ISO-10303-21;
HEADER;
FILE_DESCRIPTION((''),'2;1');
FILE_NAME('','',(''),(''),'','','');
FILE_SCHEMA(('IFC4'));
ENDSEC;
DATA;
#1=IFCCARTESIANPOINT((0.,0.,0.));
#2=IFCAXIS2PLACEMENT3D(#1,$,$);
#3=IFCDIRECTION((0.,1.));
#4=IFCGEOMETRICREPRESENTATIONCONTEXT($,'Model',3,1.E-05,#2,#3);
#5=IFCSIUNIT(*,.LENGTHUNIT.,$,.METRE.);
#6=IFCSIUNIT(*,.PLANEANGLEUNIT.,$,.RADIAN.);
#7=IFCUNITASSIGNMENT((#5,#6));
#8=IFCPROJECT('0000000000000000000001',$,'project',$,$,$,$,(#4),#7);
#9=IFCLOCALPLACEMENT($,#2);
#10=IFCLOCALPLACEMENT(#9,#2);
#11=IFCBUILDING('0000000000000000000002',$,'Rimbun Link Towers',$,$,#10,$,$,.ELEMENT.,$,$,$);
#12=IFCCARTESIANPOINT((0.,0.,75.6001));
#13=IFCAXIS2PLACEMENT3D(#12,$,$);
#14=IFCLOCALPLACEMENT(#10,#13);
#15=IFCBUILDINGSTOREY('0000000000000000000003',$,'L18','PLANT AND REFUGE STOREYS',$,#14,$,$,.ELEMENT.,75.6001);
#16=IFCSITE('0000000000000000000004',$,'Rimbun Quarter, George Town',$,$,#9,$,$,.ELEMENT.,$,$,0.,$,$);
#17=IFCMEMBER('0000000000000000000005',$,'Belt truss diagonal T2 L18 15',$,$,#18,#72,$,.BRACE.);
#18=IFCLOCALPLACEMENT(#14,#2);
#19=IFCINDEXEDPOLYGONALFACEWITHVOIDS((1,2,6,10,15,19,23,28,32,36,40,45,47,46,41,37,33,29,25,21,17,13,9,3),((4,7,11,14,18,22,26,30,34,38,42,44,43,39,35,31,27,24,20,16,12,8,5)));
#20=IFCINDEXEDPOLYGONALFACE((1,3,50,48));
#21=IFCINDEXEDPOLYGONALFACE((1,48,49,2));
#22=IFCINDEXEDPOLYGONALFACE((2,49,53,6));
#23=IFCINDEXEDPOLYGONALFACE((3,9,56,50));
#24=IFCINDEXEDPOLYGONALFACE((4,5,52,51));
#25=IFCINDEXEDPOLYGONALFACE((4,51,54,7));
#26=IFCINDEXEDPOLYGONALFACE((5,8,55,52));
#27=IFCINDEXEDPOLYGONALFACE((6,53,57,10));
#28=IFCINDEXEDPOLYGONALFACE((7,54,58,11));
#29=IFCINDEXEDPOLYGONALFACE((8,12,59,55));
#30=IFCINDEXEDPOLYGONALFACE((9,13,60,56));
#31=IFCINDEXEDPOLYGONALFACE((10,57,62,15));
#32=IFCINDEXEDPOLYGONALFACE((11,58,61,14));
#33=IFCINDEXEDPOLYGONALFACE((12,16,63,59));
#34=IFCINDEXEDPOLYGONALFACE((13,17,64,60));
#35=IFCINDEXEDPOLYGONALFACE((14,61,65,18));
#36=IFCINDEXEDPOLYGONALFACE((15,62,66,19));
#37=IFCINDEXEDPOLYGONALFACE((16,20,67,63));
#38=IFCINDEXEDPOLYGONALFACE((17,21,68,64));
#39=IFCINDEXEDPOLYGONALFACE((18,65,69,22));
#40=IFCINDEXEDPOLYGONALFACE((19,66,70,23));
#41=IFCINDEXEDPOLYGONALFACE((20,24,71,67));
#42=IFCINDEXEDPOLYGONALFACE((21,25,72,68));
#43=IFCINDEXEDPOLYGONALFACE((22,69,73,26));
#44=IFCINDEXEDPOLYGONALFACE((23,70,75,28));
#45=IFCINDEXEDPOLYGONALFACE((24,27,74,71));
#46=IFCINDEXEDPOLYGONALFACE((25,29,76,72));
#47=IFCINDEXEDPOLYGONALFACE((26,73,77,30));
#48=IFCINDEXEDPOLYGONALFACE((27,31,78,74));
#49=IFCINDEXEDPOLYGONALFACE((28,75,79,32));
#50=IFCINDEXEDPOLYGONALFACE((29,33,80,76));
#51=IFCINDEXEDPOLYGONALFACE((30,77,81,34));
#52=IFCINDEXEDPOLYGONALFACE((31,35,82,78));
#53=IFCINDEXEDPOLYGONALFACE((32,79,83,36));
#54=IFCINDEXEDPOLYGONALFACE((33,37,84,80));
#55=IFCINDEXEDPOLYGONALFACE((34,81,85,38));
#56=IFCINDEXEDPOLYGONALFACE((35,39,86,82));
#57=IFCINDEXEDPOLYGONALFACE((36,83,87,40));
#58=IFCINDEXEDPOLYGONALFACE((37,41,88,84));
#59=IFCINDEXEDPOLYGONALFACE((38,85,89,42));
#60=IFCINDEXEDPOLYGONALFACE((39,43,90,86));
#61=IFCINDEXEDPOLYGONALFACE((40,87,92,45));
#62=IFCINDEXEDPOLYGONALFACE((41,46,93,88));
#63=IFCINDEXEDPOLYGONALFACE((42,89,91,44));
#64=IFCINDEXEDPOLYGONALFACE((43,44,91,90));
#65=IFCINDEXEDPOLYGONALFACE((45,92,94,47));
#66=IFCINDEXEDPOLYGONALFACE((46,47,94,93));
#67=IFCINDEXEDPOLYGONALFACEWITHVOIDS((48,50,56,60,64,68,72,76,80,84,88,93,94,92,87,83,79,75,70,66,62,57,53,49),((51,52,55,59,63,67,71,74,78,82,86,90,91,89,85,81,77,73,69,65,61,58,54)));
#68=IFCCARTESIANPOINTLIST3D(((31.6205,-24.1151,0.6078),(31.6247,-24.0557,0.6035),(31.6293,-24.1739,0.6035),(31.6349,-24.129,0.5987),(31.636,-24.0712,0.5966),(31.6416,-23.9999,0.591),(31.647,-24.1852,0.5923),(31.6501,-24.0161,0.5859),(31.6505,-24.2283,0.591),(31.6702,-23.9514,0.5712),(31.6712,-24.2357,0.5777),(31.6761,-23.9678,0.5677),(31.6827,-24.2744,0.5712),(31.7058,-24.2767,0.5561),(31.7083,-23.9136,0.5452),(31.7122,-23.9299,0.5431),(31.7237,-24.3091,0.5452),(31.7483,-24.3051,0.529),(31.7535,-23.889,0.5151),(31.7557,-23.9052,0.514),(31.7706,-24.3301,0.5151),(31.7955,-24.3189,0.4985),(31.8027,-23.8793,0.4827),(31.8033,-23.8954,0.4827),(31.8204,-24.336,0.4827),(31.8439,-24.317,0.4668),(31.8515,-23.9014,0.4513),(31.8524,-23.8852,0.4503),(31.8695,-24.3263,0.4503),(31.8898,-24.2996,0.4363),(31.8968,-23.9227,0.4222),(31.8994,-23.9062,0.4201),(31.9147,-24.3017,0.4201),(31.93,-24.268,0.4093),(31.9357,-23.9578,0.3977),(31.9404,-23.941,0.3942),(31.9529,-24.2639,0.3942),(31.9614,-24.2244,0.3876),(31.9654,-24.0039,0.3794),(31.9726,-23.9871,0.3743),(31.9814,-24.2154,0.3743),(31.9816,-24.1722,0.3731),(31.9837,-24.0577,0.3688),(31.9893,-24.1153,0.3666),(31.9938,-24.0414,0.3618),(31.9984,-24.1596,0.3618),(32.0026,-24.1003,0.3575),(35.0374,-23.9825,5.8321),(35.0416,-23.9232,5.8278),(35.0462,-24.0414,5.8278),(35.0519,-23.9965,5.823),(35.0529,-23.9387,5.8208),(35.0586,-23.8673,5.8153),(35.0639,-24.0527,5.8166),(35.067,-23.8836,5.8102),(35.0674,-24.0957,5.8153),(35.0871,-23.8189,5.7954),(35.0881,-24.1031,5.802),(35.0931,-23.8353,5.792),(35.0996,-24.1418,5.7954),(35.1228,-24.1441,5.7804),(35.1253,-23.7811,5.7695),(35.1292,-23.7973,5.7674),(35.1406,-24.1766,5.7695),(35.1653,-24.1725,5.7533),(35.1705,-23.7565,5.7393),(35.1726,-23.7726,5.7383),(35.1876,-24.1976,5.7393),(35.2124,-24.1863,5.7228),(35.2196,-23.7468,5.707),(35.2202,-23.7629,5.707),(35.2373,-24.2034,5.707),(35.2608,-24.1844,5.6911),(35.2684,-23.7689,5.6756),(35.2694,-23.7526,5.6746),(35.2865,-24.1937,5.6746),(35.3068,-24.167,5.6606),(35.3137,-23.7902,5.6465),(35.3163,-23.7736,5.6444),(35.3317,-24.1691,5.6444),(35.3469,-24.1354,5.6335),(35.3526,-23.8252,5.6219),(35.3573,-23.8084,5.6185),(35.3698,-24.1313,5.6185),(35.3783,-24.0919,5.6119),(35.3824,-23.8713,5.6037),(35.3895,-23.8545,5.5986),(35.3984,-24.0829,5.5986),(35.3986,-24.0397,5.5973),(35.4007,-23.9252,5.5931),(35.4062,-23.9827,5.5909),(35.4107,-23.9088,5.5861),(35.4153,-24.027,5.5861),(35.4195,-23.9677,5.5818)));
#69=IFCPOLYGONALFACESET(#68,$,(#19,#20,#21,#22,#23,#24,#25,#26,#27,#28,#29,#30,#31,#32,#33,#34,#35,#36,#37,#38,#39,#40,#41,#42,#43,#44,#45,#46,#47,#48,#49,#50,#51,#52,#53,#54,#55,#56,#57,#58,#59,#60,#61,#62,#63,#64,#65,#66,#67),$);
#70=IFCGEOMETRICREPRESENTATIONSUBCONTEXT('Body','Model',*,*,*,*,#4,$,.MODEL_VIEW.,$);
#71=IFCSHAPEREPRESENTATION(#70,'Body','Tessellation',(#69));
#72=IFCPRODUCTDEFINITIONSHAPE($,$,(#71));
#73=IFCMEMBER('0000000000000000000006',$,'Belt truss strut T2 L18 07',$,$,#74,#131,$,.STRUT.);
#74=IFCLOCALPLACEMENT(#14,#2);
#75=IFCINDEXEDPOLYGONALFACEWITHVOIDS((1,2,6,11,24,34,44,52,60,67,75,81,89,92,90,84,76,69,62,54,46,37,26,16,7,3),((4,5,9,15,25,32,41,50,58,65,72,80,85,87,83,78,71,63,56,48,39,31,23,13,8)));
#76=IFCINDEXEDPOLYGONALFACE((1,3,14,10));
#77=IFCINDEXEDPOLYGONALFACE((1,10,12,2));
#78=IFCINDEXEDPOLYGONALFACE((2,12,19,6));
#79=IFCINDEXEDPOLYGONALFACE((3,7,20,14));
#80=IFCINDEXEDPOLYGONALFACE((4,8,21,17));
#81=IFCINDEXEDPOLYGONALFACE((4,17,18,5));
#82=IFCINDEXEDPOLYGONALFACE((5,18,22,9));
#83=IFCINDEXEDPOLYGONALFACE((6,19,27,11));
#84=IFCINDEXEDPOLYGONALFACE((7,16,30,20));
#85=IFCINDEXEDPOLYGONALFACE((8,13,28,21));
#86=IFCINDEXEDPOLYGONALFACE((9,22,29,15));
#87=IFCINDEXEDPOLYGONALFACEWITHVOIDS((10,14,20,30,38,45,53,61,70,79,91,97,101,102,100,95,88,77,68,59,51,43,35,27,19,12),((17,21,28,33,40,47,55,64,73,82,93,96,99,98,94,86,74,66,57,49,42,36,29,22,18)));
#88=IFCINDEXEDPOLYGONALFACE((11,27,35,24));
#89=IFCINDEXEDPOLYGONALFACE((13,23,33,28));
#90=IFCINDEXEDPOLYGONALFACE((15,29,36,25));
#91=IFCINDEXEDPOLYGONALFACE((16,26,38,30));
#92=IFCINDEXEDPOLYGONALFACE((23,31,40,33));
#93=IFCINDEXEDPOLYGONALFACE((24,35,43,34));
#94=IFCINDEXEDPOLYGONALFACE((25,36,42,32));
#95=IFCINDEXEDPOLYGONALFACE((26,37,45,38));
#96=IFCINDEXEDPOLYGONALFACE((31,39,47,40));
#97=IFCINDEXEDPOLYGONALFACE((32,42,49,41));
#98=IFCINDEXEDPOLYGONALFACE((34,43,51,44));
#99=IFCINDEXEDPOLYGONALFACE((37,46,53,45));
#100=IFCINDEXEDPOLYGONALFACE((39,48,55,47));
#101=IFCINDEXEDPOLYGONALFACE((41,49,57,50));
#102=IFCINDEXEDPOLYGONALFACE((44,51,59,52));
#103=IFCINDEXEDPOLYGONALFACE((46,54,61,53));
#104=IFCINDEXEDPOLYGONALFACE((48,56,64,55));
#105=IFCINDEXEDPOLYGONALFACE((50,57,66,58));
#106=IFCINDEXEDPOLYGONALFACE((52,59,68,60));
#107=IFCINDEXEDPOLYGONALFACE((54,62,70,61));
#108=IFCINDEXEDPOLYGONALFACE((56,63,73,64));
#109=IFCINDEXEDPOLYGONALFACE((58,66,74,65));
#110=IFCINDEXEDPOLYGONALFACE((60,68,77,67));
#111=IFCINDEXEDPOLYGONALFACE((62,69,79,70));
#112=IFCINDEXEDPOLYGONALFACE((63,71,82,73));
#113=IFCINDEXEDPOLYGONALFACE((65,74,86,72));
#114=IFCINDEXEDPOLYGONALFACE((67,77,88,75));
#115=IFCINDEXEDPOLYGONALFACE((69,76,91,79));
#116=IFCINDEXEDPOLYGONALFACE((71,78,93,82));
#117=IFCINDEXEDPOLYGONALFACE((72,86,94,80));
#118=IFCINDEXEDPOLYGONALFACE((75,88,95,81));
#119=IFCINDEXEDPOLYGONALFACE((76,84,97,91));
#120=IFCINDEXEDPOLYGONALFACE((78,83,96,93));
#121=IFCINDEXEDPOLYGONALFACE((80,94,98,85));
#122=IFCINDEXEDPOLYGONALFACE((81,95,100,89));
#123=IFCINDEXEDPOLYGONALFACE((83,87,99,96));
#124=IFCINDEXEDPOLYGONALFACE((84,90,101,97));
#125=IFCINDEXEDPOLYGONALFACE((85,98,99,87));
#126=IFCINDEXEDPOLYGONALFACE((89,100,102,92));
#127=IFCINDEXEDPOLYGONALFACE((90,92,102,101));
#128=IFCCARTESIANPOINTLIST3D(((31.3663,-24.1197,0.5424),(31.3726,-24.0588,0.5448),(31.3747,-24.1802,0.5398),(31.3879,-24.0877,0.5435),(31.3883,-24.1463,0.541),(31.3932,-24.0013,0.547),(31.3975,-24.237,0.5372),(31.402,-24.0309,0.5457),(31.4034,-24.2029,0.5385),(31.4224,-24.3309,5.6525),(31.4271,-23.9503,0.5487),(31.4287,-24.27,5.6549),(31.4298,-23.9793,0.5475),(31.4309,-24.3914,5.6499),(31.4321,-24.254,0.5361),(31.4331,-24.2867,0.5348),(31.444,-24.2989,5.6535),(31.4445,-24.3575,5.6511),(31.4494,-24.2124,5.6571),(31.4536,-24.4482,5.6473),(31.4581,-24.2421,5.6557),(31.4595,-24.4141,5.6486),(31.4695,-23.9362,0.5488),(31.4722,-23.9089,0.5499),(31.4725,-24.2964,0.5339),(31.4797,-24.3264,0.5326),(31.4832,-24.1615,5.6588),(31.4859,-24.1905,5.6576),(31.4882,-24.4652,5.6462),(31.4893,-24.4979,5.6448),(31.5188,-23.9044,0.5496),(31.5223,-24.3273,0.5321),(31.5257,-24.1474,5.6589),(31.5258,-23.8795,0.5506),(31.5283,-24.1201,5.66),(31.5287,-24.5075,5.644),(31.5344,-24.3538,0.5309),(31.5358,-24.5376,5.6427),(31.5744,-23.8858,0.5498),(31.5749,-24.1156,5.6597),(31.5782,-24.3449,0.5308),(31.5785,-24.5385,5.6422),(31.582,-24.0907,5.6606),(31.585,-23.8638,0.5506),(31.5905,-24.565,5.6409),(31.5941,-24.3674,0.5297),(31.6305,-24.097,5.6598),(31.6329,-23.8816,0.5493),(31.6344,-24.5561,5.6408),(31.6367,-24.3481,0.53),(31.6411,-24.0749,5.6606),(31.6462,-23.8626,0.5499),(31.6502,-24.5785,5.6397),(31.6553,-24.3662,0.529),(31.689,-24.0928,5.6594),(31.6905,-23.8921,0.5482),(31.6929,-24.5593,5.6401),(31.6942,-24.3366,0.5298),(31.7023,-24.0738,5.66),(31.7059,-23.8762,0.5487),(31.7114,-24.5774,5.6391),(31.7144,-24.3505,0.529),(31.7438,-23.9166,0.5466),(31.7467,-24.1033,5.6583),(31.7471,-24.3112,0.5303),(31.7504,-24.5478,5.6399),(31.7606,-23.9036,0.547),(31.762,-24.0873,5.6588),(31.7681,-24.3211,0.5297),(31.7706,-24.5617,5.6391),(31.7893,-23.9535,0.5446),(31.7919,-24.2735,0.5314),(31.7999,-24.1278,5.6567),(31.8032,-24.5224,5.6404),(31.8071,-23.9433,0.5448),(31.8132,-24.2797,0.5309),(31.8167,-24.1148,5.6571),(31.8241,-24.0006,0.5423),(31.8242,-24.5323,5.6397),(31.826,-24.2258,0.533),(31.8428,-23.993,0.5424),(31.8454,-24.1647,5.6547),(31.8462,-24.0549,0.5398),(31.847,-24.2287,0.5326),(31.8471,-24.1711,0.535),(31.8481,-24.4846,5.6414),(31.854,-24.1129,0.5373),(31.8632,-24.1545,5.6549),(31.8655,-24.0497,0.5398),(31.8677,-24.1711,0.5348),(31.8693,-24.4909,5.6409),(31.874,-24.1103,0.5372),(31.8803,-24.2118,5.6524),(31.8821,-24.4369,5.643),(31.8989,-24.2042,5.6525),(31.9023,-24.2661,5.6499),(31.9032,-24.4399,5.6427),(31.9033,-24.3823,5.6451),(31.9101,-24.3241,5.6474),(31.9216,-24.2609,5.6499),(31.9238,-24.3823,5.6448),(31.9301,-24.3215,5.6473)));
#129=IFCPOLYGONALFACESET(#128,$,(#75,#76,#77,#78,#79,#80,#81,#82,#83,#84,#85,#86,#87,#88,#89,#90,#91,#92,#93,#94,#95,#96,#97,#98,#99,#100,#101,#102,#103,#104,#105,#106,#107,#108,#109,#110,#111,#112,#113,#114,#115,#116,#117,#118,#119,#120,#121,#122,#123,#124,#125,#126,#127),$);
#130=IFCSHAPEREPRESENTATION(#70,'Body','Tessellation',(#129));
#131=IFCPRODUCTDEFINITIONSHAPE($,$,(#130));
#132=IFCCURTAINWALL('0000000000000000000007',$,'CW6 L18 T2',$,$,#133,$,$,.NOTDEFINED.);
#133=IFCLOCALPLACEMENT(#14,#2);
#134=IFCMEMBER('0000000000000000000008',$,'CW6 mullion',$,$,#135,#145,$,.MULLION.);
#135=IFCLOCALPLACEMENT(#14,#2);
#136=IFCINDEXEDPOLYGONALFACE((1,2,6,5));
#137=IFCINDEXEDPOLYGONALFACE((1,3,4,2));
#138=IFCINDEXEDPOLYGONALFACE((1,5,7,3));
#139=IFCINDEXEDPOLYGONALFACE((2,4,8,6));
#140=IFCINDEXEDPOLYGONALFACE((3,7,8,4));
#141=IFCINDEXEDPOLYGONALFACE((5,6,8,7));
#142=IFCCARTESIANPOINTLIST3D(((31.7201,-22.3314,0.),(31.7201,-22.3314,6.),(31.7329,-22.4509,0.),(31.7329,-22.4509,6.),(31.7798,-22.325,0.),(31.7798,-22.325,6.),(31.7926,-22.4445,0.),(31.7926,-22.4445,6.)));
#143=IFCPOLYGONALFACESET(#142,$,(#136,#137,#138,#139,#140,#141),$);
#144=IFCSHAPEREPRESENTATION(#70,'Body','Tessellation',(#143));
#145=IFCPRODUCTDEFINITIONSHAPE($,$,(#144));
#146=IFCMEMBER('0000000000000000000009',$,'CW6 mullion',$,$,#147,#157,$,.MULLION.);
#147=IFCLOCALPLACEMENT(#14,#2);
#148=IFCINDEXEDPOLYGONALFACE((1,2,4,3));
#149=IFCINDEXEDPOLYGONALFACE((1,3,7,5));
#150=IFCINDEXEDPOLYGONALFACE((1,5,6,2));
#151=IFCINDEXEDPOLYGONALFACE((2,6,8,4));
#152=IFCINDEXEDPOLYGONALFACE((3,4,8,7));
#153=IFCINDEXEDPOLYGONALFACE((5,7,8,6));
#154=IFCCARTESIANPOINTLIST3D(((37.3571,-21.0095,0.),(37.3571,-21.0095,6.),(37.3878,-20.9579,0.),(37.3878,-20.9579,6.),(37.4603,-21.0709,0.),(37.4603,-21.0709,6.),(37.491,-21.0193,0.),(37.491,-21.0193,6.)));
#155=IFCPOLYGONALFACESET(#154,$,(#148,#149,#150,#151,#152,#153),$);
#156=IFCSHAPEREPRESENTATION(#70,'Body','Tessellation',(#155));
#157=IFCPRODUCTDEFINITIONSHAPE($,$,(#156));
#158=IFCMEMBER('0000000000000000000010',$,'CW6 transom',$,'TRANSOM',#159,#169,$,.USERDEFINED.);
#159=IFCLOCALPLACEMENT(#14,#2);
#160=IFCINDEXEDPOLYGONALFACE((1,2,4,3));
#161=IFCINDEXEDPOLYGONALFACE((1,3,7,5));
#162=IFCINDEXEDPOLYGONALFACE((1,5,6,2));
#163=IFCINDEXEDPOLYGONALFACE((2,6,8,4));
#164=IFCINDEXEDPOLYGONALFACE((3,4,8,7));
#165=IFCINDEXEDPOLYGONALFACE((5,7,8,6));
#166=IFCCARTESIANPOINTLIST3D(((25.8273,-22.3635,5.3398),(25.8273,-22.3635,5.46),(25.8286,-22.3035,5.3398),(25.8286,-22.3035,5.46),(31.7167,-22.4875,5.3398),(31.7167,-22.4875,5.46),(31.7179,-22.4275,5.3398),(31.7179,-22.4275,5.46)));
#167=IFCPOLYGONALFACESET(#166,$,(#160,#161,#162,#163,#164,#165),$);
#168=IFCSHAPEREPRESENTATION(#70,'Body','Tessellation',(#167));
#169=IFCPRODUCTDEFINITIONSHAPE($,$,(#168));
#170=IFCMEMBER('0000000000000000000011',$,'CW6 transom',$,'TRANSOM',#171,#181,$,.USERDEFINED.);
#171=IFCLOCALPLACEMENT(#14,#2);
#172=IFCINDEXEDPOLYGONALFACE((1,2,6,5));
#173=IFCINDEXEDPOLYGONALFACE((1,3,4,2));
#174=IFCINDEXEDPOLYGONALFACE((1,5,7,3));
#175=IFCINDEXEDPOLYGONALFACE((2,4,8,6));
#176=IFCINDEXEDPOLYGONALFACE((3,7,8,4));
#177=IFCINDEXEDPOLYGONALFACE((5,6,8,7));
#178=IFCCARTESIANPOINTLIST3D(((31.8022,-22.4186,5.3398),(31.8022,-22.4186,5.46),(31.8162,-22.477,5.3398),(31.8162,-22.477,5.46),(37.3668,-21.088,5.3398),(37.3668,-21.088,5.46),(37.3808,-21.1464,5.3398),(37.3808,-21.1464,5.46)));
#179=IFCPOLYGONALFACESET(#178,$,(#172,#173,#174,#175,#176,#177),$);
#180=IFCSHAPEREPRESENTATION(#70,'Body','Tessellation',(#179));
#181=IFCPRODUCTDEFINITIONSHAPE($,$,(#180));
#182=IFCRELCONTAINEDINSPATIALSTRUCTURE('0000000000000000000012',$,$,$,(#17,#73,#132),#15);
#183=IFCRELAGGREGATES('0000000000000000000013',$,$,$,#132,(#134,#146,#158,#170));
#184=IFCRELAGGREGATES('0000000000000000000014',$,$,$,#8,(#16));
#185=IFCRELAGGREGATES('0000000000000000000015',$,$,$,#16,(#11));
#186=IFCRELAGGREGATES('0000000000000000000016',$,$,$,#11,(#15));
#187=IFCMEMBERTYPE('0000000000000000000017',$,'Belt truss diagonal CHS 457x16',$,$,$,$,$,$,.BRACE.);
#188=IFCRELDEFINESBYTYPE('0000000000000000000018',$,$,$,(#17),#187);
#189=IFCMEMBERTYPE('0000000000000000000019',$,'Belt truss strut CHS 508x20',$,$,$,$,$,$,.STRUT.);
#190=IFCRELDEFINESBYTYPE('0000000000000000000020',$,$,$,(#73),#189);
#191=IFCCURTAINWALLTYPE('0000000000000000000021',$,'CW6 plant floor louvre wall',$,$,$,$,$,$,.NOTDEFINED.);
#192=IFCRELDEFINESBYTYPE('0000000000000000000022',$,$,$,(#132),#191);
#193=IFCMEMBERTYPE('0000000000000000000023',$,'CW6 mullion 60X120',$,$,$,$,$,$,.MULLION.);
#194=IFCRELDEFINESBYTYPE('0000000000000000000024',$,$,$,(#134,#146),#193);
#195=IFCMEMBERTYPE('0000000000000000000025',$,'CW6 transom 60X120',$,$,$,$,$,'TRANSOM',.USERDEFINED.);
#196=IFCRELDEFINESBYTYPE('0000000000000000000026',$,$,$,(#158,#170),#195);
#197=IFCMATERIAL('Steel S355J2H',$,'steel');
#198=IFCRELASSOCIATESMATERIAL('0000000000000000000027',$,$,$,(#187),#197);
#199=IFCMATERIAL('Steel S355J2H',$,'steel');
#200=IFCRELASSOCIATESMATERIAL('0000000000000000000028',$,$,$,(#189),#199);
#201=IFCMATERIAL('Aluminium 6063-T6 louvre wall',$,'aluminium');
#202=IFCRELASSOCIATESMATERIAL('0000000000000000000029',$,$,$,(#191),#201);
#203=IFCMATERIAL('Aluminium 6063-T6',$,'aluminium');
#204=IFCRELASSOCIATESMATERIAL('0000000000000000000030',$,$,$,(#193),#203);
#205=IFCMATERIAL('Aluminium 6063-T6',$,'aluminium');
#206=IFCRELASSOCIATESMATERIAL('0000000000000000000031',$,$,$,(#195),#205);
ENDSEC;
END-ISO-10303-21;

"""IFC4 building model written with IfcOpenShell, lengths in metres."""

from ifc_helpers import new_model, si_unit, direction, frame, origin, origin_2d, place, context, subcontext, project, spatial, rectangle, hollow_circle, extrude, material, material_profile, profile_set, type_object, element, aggregate, save


model = new_model("IFC4")

# Units and contexts
model_context = context("Model", 3, precision=1e-05, world=origin(), true_north=direction((0.0, 1.0)))
body_context = subcontext(model_context, "Body", "Model", "MODEL_VIEW")
ifc_project = project(units=[si_unit("LENGTHUNIT", "METRE"), si_unit("PLANEANGLEUNIT", "RADIAN")], contexts=[model_context])

# Site, building, storey
site_placement = place(None, origin())
site = spatial("IfcSite", under=ifc_project, at=site_placement, Name="Rimbun Quarter, George Town", CompositionType="ELEMENT", RefElevation=0.0)
building_placement = place(site_placement, origin())
building = spatial("IfcBuilding", under=site, at=building_placement, Name="Rimbun Link Towers", CompositionType="ELEMENT")
storey_placement = place(building_placement, frame((0.0, 0.0, 75.6001)))
storey = spatial("IfcBuildingStorey", under=building, at=storey_placement, Name="L18", Description="PLANT AND REFUGE STOREYS", CompositionType="ELEMENT", Elevation=75.6001)

# Members
ifc_material_1 = material(Name="Steel S355J2H", Category="steel")
ifc_material_profile_1 = material_profile(ifc_material_1, hollow_circle(Radius=0.2285, WallThickness=0.0161, at=origin_2d()), Name="Belt truss diagonal CHS 457x16")
ifc_profile_set_1 = profile_set([ifc_material_profile_1], Name="Steel S355J2H")
member_type_1 = type_object("IfcMemberType", Name="Belt truss diagonal CHS 457x16", PredefinedType="BRACE", material=ifc_profile_set_1)
member_1_placement = place(storey_placement, frame((31.8115, -24.1077, 0.4827), z_axis=(0.547245, 0.021231, 0.836703), x_axis=(-0.038768, 0.999248, 0.0)))
element("IfcMember", 1, at=member_1_placement, inside=storey, type_object=member_type_1, Name="Belt truss diagonal T2 L18 15", PredefinedType="BRACE", context=body_context, shape_type="SweptSolid", body=[
    extrude(hollow_circle(Radius=0.2285, WallThickness=0.0161, at=origin_2d()), origin(), (0.0, 0.0, 1.0), 6.2439),
])
ifc_material_2 = material(Name="Steel S355J2H", Category="steel")
ifc_material_profile_2 = material_profile(ifc_material_2, hollow_circle(Radius=0.2539, WallThickness=0.02, at=origin_2d()), Name="Belt truss strut CHS 508x20")
ifc_profile_set_2 = profile_set([ifc_material_profile_2], Name="Steel S355J2H")
member_type_2 = type_object("IfcMemberType", Name="Belt truss strut CHS 508x20", PredefinedType="STRUT", material=ifc_profile_set_2)
member_2_placement = place(storey_placement, frame((31.6201, -24.115, 0.5398), z_axis=(0.010978, -0.041289, 0.999087), x_axis=(0.96642, 0.256967, 0.0)))
element("IfcMember", 2, at=member_2_placement, inside=storey, type_object=member_type_2, Name="Belt truss strut T2 L18 07", PredefinedType="STRUT", context=body_context, shape_type="SweptSolid", body=[
    extrude(hollow_circle(Radius=0.2539, WallThickness=0.02, at=origin_2d()), origin(), (0.0, 0.0, 1.0), 5.1147),
])

# Curtain wall, members
ifc_material_3 = material(Name="Aluminium 6063-T6 louvre wall", Category="aluminium")
curtain_wall_type = type_object("IfcCurtainWallType", Name="CW6 plant floor louvre wall", PredefinedType="NOTDEFINED", material=ifc_material_3)
curtain_wall_placement = place(storey_placement, origin())
curtain_wall = element("IfcCurtainWall", 3, at=curtain_wall_placement, inside=storey, type_object=curtain_wall_type, Name="CW6 L18 T2", PredefinedType="NOTDEFINED")
ifc_material_4 = material(Name="Aluminium 6063-T6", Category="aluminium")
ifc_material_profile_3 = material_profile(ifc_material_4, rectangle(XDim=0.1201, YDim=0.0601, at=origin_2d()), Name="MULLION 60X120")
ifc_profile_set_3 = profile_set([ifc_material_profile_3], Name="Aluminium 6063-T6")
member_type_3 = type_object("IfcMemberType", Name="CW6 mullion 60X120", PredefinedType="MULLION", material=ifc_profile_set_3)
member_3_placement = place(storey_placement, frame((31.7563, -22.3879, 0.0), z_axis=(0.0, 0.0, 1.0), x_axis=(0.106635, -0.994298, 0.0)))
member_3 = element("IfcMember", 4, at=member_3_placement, type_object=member_type_3, Name="CW6 mullion", PredefinedType="MULLION", context=body_context, shape_type="SweptSolid", body=[
    extrude(rectangle(XDim=0.1201, YDim=0.0601, at=origin_2d()), origin(), (0.0, 0.0, 1.0), 6.0),
])
member_4_placement = place(storey_placement, frame((37.4241, -21.0144, 0.0), z_axis=(0.0, 0.0, 1.0), x_axis=(0.859182, -0.51167, 0.0)))
member_4 = element("IfcMember", 5, at=member_4_placement, type_object=member_type_3, Name="CW6 mullion", PredefinedType="MULLION", context=body_context, shape_type="SweptSolid", body=[
    extrude(rectangle(XDim=0.1201, YDim=0.0601, at=origin_2d()), origin(), (0.0, 0.0, 1.0), 6.0),
])
ifc_material_5 = material(Name="Aluminium 6063-T6", Category="aluminium")
ifc_material_profile_4 = material_profile(ifc_material_5, rectangle(XDim=0.0601, YDim=0.1201, at=origin_2d()), Name="TRANSOM 60X120")
ifc_profile_set_4 = profile_set([ifc_material_profile_4], Name="Aluminium 6063-T6")
member_type_4 = type_object("IfcMemberType", Name="CW6 transom 60X120", ElementType="TRANSOM", PredefinedType="USERDEFINED", material=ifc_profile_set_4)
member_5_placement = place(storey_placement, frame((31.7173, -22.4575, 5.3999), z_axis=(-0.999778, 0.021054, 0.0), x_axis=(-0.021054, -0.999778, 0.0)))
member_5 = element("IfcMember", 6, at=member_5_placement, type_object=member_type_4, Name="CW6 transom", ObjectType="TRANSOM", PredefinedType="USERDEFINED", context=body_context, shape_type="SweptSolid", body=[
    extrude(rectangle(XDim=0.0601, YDim=0.1201, at=origin_2d()), origin(), (0.0, 0.0, 1.0), 5.8906),
])
member_6_placement = place(storey_placement, frame((37.3738, -21.1172, 5.3999), z_axis=(-0.972581, -0.232563, 0.0), x_axis=(0.232563, -0.972581, 0.0)))
member_6 = element("IfcMember", 7, at=member_6_placement, type_object=member_type_4, Name="CW6 transom", ObjectType="TRANSOM", PredefinedType="USERDEFINED", context=body_context, shape_type="SweptSolid", body=[
    extrude(rectangle(XDim=0.0601, YDim=0.1201, at=origin_2d()), origin(), (0.0, 0.0, 1.0), 5.7214),
])

aggregate(curtain_wall, [member_3, member_4, member_5, member_6])

save(model, "model.ifc")
